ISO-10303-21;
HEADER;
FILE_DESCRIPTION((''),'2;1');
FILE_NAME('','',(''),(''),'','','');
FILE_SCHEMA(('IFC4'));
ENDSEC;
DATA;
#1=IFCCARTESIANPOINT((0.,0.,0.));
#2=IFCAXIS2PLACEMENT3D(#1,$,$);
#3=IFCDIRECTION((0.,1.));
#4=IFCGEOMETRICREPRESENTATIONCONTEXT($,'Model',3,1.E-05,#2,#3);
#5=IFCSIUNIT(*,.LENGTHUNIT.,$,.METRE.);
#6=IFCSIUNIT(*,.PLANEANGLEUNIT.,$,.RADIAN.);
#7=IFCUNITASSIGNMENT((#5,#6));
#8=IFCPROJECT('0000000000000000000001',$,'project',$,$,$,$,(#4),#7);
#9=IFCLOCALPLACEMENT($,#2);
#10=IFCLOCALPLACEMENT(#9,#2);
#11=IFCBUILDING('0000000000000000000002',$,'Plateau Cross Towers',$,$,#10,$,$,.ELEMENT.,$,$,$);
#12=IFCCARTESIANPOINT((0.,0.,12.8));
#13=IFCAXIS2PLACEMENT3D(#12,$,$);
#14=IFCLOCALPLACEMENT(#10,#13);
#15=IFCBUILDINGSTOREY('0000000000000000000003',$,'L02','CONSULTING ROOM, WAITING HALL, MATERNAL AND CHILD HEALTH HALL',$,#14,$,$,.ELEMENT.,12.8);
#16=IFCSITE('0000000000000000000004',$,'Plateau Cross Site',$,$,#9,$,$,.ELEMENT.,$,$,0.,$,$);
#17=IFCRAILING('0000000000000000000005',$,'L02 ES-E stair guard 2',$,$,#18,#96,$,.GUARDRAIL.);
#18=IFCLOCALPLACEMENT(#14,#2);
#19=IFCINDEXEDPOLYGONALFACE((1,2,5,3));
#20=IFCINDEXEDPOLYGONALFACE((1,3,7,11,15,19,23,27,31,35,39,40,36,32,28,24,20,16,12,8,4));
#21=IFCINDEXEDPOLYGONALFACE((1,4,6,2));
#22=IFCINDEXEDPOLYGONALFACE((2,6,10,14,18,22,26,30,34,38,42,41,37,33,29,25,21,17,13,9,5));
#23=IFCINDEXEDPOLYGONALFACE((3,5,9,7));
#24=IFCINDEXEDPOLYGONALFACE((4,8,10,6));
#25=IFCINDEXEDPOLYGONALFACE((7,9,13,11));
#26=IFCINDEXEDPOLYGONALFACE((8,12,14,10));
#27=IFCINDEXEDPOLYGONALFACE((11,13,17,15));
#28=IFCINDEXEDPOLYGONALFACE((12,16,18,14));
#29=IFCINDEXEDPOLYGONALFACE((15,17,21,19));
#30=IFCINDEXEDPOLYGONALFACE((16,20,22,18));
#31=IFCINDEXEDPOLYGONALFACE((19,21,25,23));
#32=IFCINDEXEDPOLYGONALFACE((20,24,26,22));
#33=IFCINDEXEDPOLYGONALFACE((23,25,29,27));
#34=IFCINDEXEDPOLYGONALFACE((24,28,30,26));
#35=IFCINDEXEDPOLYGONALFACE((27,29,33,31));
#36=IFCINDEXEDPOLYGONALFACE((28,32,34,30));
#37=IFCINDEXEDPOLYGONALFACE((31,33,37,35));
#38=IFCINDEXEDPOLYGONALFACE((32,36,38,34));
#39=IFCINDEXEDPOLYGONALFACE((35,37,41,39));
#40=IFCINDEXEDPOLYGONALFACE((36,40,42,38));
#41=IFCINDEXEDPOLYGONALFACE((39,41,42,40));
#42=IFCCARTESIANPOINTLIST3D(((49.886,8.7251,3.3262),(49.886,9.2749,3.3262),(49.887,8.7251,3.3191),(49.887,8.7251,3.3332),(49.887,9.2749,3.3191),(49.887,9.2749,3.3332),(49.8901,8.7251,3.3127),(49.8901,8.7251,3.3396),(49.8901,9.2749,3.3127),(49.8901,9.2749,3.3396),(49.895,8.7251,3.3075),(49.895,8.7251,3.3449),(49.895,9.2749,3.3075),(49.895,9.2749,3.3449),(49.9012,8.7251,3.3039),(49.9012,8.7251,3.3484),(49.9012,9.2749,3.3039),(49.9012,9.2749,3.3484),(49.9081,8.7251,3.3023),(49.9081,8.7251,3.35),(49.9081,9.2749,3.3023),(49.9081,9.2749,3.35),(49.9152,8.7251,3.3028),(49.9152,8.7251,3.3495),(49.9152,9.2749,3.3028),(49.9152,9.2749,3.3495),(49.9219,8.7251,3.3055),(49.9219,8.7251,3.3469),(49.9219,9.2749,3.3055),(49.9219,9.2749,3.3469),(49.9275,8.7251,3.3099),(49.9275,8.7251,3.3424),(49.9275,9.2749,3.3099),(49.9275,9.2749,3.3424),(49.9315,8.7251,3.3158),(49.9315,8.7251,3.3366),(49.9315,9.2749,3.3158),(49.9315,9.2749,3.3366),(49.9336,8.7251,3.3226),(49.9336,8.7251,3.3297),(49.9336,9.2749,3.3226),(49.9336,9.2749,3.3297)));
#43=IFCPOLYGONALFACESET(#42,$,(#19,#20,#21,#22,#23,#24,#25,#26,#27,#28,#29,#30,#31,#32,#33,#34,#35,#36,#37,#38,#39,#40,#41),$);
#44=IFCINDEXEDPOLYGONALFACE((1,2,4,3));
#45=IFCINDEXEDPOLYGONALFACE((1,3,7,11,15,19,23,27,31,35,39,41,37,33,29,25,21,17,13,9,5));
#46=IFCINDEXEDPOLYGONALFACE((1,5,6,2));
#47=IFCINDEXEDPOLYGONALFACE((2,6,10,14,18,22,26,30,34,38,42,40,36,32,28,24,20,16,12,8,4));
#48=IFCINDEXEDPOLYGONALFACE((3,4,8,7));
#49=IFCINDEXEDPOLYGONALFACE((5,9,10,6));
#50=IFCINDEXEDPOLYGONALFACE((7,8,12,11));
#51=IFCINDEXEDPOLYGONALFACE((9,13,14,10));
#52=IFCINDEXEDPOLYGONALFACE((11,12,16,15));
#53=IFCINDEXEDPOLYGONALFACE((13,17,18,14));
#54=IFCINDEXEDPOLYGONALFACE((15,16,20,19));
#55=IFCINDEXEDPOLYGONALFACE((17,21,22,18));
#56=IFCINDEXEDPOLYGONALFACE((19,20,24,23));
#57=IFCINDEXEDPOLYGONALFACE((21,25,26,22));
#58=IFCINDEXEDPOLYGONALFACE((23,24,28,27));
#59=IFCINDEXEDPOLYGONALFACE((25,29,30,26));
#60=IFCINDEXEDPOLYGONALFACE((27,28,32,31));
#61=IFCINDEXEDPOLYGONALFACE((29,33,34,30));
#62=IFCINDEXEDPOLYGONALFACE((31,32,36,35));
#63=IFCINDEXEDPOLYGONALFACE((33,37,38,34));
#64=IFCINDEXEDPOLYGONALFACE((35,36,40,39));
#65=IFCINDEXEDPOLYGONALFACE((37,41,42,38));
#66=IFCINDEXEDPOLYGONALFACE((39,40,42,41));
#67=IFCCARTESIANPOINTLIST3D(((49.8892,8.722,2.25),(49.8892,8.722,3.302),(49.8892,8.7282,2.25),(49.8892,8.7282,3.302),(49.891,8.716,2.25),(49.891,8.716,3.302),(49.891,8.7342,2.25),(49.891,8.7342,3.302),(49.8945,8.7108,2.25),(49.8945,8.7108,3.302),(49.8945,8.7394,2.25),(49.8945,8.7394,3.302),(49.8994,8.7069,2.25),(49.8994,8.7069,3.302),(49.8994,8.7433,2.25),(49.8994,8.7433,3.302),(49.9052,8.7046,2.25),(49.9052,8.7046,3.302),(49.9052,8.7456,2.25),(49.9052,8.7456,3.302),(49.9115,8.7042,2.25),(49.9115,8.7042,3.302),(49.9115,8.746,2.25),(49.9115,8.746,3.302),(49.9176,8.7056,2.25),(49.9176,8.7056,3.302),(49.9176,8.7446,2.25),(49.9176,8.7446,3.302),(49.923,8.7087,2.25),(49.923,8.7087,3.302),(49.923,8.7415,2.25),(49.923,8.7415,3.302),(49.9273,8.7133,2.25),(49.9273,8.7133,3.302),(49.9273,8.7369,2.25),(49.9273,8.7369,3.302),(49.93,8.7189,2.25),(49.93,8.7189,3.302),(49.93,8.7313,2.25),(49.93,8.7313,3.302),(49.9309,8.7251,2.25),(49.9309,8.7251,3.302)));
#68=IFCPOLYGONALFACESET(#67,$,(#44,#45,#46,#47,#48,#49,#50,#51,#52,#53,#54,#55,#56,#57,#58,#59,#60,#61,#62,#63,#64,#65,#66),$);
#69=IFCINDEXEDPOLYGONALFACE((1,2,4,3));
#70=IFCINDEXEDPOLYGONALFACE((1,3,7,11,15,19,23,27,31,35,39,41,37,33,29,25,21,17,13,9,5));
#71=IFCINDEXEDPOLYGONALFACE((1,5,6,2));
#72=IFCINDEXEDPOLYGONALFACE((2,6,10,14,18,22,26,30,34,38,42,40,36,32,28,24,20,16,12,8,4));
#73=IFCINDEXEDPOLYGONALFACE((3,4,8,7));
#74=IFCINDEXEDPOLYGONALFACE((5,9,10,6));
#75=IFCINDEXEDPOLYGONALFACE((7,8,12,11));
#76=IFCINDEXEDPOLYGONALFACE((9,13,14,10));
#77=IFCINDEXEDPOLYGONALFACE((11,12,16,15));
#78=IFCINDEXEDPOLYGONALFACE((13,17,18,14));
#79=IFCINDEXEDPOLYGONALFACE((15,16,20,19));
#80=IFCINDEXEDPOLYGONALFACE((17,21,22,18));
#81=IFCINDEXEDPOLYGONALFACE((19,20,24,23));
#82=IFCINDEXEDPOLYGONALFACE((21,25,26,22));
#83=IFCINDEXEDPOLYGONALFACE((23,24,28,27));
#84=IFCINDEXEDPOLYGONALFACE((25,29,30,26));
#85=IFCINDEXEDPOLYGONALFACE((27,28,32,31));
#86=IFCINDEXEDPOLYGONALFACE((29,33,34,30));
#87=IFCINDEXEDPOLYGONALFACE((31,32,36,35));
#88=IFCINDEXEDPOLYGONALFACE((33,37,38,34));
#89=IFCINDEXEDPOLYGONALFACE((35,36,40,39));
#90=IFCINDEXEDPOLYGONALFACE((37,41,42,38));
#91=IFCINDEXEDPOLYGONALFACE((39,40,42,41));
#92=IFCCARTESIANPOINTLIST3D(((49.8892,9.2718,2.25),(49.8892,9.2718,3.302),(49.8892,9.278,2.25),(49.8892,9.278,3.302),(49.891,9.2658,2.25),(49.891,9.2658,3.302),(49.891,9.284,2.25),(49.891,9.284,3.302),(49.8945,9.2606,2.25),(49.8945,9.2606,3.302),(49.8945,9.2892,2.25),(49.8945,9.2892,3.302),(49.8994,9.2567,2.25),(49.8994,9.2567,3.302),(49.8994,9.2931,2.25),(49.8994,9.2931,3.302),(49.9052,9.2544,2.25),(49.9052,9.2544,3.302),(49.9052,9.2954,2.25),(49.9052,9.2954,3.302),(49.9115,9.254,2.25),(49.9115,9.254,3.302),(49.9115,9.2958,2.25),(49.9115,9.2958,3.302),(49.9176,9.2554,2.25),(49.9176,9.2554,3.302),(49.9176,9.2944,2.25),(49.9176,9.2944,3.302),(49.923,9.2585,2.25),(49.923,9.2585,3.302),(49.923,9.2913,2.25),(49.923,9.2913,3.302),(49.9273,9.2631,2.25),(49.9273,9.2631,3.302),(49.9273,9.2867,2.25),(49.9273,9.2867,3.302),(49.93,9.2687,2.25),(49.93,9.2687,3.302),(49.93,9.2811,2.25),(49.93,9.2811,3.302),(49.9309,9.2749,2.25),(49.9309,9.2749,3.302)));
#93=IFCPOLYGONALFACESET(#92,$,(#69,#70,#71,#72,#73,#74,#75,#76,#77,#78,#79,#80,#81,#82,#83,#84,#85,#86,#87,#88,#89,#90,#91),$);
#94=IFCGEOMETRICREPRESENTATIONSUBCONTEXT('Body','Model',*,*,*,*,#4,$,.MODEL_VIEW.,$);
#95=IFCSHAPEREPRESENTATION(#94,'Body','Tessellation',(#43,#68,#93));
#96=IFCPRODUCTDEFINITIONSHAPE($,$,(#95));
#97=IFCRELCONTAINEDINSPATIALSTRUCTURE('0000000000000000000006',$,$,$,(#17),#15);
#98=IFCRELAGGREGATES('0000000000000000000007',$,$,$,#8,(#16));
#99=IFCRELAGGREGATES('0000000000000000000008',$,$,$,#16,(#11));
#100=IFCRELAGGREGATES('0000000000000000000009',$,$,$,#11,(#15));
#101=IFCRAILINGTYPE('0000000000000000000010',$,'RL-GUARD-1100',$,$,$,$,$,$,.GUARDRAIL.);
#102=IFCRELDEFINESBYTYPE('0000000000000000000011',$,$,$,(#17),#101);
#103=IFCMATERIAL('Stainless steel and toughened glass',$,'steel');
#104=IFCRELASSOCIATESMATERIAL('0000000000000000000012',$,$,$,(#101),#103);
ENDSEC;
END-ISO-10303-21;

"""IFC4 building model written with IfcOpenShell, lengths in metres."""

from ifc_helpers import new_model, si_unit, direction, frame, origin, origin_2d, place, context, subcontext, project, spatial, circle, extrude, material, type_object, element, save


model = new_model("IFC4")

# Units and contexts
model_context = context("Model", 3, precision=1e-05, world=origin(), true_north=direction((0.0, 1.0)))
body_context = subcontext(model_context, "Body", "Model", "MODEL_VIEW")
ifc_project = project(units=[si_unit("LENGTHUNIT", "METRE"), si_unit("PLANEANGLEUNIT", "RADIAN")], contexts=[model_context])

# Site, building, storey
site_placement = place(None, origin())
site = spatial("IfcSite", under=ifc_project, at=site_placement, Name="Plateau Cross Site", CompositionType="ELEMENT", RefElevation=0.0)
building_placement = place(site_placement, origin())
building = spatial("IfcBuilding", under=site, at=building_placement, Name="Plateau Cross Towers", CompositionType="ELEMENT")
storey_placement = place(building_placement, frame((0.0, 0.0, 12.8)))
storey = spatial("IfcBuildingStorey", under=building, at=storey_placement, Name="L02", Description="CONSULTING ROOM, WAITING HALL, MATERNAL AND CHILD HEALTH HALL", CompositionType="ELEMENT", Elevation=12.8)

# Railing
ifc_material_1 = material(Name="Stainless steel and toughened glass", Category="steel")
railing_type_1 = type_object("IfcRailingType", Name="RL-GUARD-1100", PredefinedType="GUARDRAIL", material=ifc_material_1)
railing_1_placement = place(storey_placement, frame((49.9099, 8.7251, 2.25)))
element("IfcRailing", 1, at=railing_1_placement, inside=storey, type_object=railing_type_1, Name="L02 ES-E stair guard 2", PredefinedType="GUARDRAIL", context=body_context, shape_type="SweptSolid", body=[
    extrude(circle(Radius=0.0239, at=origin_2d()), frame((0.0, 0.0, 1.0762), z_axis=(0.0, 1.0, 0.0), x_axis=(-1.0, 0.0, 0.0)), (0.0, 0.0, 1.0), 0.5498),
    extrude(circle(Radius=0.021, at=origin_2d()), origin(), (0.0, 0.0, 1.0), 1.052),
    extrude(circle(Radius=0.021, at=origin_2d()), frame((0.0, 0.5498, 0.0)), (0.0, 0.0, 1.0), 1.052),
])

save(model, "model.ifc")
